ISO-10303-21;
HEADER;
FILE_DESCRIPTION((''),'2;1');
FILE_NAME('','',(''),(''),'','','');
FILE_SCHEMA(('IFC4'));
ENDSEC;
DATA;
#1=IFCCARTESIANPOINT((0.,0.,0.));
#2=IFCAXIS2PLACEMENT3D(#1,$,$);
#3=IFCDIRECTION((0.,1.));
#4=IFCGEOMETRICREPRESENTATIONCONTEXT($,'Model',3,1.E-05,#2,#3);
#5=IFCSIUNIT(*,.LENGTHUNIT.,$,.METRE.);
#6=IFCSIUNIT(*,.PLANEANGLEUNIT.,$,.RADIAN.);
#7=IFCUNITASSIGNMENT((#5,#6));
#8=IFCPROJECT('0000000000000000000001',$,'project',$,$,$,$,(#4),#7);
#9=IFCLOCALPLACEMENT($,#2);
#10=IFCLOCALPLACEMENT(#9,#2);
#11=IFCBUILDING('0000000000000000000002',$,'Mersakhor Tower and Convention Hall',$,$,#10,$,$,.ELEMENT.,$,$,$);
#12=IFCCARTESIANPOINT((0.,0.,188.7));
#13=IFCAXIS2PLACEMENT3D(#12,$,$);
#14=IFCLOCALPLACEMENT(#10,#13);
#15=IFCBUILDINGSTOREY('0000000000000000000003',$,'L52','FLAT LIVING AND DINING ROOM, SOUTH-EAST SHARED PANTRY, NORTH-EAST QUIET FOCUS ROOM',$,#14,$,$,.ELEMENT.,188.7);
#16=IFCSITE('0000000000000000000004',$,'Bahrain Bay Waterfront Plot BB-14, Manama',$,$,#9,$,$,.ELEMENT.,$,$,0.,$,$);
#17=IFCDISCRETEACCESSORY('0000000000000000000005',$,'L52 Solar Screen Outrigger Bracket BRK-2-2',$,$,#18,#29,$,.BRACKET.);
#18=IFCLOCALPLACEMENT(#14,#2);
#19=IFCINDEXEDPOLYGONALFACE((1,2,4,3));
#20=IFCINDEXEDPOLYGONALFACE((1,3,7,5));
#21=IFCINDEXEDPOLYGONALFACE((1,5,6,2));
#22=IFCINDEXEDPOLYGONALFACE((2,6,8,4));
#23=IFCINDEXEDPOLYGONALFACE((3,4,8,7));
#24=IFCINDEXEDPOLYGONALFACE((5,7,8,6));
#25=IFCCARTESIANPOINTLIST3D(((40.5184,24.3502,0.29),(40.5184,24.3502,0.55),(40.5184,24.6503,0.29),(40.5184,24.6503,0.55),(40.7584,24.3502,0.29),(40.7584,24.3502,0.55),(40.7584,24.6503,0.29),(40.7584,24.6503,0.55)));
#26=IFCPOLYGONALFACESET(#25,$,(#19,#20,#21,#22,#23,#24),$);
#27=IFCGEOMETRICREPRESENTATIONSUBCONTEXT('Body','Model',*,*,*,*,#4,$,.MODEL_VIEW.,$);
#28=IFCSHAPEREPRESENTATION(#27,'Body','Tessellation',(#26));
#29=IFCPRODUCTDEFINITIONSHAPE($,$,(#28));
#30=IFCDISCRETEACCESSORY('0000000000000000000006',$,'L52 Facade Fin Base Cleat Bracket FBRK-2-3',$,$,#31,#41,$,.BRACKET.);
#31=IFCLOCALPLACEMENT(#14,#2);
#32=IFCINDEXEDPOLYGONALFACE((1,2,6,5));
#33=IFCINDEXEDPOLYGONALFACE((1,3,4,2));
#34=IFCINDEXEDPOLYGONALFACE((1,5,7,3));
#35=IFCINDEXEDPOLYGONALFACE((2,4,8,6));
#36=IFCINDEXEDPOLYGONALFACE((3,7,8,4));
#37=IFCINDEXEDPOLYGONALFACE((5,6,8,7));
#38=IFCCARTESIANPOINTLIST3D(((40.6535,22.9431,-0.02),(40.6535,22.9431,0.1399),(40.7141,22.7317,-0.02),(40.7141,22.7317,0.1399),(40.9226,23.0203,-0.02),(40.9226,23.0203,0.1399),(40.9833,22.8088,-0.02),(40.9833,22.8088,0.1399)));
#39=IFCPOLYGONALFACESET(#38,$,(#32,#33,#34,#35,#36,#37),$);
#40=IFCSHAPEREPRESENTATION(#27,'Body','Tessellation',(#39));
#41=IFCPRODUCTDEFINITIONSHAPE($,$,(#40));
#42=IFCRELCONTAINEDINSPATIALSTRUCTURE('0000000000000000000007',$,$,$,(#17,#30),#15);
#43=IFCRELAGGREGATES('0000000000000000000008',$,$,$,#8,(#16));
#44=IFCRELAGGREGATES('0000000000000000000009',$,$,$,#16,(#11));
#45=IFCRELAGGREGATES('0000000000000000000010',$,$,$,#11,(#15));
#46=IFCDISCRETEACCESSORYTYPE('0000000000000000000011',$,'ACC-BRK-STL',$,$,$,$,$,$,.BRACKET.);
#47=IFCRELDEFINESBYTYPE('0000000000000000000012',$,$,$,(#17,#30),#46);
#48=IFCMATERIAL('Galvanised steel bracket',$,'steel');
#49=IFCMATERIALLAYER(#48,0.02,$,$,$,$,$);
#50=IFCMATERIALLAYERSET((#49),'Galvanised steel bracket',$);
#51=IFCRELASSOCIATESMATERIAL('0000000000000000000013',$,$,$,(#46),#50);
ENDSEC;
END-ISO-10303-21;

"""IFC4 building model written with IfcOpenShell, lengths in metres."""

from ifc_helpers import new_model, si_unit, direction, frame, origin, origin_2d, place, context, subcontext, project, spatial, rectangle, extrude, material, layer, layer_set, type_object, element, save


model = new_model("IFC4")

# Units and contexts
model_context = context("Model", 3, precision=1e-05, world=origin(), true_north=direction((0.0, 1.0)))
body_context = subcontext(model_context, "Body", "Model", "MODEL_VIEW")
ifc_project = project(units=[si_unit("LENGTHUNIT", "METRE"), si_unit("PLANEANGLEUNIT", "RADIAN")], contexts=[model_context])

# Site, building, storey
site_placement = place(None, origin())
site = spatial("IfcSite", under=ifc_project, at=site_placement, Name="Bahrain Bay Waterfront Plot BB-14, Manama", CompositionType="ELEMENT", RefElevation=0.0)
building_placement = place(site_placement, origin())
building = spatial("IfcBuilding", under=site, at=building_placement, Name="Mersakhor Tower and Convention Hall", CompositionType="ELEMENT")
storey_placement = place(building_placement, frame((0.0, 0.0, 188.7)))
storey = spatial("IfcBuildingStorey", under=building, at=storey_placement, Name="L52", Description="FLAT LIVING AND DINING ROOM, SOUTH-EAST SHARED PANTRY, NORTH-EAST QUIET FOCUS ROOM", CompositionType="ELEMENT", Elevation=188.7)

# Discrete accessories
ifc_material_1 = material(Name="Galvanised steel bracket", Category="steel")
ifc_layer_1 = layer(ifc_material_1, 0.02)
ifc_layer_set_1 = layer_set([ifc_layer_1], Name="Galvanised steel bracket")
discrete_accessory_type = type_object("IfcDiscreteAccessoryType", Name="ACC-BRK-STL", PredefinedType="BRACKET", material=ifc_layer_set_1)
discrete_accessory_1_placement = place(storey_placement, frame((40.6384, 24.5002, 0.29), z_axis=(0.0, 0.0, 1.0), x_axis=(0.0, -1.0, 0.0)))
element("IfcDiscreteAccessory", 1, at=discrete_accessory_1_placement, inside=storey, type_object=discrete_accessory_type, Name="L52 Solar Screen Outrigger Bracket BRK-2-2", PredefinedType="BRACKET", context=body_context, shape_type="SweptSolid", body=[
    extrude(rectangle(XDim=0.3, YDim=0.24, at=origin_2d()), origin(), (0.0, 0.0, 1.0), 0.26),
])
discrete_accessory_2_placement = place(storey_placement, frame((40.8184, 22.876, -0.02), z_axis=(0.0, 0.0, 1.0), x_axis=(0.961262, 0.275637, 0.0)))
element("IfcDiscreteAccessory", 2, at=discrete_accessory_2_placement, inside=storey, type_object=discrete_accessory_type, Name="L52 Facade Fin Base Cleat Bracket FBRK-2-3", PredefinedType="BRACKET", context=body_context, shape_type="SweptSolid", body=[
    extrude(rectangle(XDim=0.28, YDim=0.22, at=origin_2d()), origin(), (0.0, 0.0, 1.0), 0.1599),
])

save(model, "model.ifc")
